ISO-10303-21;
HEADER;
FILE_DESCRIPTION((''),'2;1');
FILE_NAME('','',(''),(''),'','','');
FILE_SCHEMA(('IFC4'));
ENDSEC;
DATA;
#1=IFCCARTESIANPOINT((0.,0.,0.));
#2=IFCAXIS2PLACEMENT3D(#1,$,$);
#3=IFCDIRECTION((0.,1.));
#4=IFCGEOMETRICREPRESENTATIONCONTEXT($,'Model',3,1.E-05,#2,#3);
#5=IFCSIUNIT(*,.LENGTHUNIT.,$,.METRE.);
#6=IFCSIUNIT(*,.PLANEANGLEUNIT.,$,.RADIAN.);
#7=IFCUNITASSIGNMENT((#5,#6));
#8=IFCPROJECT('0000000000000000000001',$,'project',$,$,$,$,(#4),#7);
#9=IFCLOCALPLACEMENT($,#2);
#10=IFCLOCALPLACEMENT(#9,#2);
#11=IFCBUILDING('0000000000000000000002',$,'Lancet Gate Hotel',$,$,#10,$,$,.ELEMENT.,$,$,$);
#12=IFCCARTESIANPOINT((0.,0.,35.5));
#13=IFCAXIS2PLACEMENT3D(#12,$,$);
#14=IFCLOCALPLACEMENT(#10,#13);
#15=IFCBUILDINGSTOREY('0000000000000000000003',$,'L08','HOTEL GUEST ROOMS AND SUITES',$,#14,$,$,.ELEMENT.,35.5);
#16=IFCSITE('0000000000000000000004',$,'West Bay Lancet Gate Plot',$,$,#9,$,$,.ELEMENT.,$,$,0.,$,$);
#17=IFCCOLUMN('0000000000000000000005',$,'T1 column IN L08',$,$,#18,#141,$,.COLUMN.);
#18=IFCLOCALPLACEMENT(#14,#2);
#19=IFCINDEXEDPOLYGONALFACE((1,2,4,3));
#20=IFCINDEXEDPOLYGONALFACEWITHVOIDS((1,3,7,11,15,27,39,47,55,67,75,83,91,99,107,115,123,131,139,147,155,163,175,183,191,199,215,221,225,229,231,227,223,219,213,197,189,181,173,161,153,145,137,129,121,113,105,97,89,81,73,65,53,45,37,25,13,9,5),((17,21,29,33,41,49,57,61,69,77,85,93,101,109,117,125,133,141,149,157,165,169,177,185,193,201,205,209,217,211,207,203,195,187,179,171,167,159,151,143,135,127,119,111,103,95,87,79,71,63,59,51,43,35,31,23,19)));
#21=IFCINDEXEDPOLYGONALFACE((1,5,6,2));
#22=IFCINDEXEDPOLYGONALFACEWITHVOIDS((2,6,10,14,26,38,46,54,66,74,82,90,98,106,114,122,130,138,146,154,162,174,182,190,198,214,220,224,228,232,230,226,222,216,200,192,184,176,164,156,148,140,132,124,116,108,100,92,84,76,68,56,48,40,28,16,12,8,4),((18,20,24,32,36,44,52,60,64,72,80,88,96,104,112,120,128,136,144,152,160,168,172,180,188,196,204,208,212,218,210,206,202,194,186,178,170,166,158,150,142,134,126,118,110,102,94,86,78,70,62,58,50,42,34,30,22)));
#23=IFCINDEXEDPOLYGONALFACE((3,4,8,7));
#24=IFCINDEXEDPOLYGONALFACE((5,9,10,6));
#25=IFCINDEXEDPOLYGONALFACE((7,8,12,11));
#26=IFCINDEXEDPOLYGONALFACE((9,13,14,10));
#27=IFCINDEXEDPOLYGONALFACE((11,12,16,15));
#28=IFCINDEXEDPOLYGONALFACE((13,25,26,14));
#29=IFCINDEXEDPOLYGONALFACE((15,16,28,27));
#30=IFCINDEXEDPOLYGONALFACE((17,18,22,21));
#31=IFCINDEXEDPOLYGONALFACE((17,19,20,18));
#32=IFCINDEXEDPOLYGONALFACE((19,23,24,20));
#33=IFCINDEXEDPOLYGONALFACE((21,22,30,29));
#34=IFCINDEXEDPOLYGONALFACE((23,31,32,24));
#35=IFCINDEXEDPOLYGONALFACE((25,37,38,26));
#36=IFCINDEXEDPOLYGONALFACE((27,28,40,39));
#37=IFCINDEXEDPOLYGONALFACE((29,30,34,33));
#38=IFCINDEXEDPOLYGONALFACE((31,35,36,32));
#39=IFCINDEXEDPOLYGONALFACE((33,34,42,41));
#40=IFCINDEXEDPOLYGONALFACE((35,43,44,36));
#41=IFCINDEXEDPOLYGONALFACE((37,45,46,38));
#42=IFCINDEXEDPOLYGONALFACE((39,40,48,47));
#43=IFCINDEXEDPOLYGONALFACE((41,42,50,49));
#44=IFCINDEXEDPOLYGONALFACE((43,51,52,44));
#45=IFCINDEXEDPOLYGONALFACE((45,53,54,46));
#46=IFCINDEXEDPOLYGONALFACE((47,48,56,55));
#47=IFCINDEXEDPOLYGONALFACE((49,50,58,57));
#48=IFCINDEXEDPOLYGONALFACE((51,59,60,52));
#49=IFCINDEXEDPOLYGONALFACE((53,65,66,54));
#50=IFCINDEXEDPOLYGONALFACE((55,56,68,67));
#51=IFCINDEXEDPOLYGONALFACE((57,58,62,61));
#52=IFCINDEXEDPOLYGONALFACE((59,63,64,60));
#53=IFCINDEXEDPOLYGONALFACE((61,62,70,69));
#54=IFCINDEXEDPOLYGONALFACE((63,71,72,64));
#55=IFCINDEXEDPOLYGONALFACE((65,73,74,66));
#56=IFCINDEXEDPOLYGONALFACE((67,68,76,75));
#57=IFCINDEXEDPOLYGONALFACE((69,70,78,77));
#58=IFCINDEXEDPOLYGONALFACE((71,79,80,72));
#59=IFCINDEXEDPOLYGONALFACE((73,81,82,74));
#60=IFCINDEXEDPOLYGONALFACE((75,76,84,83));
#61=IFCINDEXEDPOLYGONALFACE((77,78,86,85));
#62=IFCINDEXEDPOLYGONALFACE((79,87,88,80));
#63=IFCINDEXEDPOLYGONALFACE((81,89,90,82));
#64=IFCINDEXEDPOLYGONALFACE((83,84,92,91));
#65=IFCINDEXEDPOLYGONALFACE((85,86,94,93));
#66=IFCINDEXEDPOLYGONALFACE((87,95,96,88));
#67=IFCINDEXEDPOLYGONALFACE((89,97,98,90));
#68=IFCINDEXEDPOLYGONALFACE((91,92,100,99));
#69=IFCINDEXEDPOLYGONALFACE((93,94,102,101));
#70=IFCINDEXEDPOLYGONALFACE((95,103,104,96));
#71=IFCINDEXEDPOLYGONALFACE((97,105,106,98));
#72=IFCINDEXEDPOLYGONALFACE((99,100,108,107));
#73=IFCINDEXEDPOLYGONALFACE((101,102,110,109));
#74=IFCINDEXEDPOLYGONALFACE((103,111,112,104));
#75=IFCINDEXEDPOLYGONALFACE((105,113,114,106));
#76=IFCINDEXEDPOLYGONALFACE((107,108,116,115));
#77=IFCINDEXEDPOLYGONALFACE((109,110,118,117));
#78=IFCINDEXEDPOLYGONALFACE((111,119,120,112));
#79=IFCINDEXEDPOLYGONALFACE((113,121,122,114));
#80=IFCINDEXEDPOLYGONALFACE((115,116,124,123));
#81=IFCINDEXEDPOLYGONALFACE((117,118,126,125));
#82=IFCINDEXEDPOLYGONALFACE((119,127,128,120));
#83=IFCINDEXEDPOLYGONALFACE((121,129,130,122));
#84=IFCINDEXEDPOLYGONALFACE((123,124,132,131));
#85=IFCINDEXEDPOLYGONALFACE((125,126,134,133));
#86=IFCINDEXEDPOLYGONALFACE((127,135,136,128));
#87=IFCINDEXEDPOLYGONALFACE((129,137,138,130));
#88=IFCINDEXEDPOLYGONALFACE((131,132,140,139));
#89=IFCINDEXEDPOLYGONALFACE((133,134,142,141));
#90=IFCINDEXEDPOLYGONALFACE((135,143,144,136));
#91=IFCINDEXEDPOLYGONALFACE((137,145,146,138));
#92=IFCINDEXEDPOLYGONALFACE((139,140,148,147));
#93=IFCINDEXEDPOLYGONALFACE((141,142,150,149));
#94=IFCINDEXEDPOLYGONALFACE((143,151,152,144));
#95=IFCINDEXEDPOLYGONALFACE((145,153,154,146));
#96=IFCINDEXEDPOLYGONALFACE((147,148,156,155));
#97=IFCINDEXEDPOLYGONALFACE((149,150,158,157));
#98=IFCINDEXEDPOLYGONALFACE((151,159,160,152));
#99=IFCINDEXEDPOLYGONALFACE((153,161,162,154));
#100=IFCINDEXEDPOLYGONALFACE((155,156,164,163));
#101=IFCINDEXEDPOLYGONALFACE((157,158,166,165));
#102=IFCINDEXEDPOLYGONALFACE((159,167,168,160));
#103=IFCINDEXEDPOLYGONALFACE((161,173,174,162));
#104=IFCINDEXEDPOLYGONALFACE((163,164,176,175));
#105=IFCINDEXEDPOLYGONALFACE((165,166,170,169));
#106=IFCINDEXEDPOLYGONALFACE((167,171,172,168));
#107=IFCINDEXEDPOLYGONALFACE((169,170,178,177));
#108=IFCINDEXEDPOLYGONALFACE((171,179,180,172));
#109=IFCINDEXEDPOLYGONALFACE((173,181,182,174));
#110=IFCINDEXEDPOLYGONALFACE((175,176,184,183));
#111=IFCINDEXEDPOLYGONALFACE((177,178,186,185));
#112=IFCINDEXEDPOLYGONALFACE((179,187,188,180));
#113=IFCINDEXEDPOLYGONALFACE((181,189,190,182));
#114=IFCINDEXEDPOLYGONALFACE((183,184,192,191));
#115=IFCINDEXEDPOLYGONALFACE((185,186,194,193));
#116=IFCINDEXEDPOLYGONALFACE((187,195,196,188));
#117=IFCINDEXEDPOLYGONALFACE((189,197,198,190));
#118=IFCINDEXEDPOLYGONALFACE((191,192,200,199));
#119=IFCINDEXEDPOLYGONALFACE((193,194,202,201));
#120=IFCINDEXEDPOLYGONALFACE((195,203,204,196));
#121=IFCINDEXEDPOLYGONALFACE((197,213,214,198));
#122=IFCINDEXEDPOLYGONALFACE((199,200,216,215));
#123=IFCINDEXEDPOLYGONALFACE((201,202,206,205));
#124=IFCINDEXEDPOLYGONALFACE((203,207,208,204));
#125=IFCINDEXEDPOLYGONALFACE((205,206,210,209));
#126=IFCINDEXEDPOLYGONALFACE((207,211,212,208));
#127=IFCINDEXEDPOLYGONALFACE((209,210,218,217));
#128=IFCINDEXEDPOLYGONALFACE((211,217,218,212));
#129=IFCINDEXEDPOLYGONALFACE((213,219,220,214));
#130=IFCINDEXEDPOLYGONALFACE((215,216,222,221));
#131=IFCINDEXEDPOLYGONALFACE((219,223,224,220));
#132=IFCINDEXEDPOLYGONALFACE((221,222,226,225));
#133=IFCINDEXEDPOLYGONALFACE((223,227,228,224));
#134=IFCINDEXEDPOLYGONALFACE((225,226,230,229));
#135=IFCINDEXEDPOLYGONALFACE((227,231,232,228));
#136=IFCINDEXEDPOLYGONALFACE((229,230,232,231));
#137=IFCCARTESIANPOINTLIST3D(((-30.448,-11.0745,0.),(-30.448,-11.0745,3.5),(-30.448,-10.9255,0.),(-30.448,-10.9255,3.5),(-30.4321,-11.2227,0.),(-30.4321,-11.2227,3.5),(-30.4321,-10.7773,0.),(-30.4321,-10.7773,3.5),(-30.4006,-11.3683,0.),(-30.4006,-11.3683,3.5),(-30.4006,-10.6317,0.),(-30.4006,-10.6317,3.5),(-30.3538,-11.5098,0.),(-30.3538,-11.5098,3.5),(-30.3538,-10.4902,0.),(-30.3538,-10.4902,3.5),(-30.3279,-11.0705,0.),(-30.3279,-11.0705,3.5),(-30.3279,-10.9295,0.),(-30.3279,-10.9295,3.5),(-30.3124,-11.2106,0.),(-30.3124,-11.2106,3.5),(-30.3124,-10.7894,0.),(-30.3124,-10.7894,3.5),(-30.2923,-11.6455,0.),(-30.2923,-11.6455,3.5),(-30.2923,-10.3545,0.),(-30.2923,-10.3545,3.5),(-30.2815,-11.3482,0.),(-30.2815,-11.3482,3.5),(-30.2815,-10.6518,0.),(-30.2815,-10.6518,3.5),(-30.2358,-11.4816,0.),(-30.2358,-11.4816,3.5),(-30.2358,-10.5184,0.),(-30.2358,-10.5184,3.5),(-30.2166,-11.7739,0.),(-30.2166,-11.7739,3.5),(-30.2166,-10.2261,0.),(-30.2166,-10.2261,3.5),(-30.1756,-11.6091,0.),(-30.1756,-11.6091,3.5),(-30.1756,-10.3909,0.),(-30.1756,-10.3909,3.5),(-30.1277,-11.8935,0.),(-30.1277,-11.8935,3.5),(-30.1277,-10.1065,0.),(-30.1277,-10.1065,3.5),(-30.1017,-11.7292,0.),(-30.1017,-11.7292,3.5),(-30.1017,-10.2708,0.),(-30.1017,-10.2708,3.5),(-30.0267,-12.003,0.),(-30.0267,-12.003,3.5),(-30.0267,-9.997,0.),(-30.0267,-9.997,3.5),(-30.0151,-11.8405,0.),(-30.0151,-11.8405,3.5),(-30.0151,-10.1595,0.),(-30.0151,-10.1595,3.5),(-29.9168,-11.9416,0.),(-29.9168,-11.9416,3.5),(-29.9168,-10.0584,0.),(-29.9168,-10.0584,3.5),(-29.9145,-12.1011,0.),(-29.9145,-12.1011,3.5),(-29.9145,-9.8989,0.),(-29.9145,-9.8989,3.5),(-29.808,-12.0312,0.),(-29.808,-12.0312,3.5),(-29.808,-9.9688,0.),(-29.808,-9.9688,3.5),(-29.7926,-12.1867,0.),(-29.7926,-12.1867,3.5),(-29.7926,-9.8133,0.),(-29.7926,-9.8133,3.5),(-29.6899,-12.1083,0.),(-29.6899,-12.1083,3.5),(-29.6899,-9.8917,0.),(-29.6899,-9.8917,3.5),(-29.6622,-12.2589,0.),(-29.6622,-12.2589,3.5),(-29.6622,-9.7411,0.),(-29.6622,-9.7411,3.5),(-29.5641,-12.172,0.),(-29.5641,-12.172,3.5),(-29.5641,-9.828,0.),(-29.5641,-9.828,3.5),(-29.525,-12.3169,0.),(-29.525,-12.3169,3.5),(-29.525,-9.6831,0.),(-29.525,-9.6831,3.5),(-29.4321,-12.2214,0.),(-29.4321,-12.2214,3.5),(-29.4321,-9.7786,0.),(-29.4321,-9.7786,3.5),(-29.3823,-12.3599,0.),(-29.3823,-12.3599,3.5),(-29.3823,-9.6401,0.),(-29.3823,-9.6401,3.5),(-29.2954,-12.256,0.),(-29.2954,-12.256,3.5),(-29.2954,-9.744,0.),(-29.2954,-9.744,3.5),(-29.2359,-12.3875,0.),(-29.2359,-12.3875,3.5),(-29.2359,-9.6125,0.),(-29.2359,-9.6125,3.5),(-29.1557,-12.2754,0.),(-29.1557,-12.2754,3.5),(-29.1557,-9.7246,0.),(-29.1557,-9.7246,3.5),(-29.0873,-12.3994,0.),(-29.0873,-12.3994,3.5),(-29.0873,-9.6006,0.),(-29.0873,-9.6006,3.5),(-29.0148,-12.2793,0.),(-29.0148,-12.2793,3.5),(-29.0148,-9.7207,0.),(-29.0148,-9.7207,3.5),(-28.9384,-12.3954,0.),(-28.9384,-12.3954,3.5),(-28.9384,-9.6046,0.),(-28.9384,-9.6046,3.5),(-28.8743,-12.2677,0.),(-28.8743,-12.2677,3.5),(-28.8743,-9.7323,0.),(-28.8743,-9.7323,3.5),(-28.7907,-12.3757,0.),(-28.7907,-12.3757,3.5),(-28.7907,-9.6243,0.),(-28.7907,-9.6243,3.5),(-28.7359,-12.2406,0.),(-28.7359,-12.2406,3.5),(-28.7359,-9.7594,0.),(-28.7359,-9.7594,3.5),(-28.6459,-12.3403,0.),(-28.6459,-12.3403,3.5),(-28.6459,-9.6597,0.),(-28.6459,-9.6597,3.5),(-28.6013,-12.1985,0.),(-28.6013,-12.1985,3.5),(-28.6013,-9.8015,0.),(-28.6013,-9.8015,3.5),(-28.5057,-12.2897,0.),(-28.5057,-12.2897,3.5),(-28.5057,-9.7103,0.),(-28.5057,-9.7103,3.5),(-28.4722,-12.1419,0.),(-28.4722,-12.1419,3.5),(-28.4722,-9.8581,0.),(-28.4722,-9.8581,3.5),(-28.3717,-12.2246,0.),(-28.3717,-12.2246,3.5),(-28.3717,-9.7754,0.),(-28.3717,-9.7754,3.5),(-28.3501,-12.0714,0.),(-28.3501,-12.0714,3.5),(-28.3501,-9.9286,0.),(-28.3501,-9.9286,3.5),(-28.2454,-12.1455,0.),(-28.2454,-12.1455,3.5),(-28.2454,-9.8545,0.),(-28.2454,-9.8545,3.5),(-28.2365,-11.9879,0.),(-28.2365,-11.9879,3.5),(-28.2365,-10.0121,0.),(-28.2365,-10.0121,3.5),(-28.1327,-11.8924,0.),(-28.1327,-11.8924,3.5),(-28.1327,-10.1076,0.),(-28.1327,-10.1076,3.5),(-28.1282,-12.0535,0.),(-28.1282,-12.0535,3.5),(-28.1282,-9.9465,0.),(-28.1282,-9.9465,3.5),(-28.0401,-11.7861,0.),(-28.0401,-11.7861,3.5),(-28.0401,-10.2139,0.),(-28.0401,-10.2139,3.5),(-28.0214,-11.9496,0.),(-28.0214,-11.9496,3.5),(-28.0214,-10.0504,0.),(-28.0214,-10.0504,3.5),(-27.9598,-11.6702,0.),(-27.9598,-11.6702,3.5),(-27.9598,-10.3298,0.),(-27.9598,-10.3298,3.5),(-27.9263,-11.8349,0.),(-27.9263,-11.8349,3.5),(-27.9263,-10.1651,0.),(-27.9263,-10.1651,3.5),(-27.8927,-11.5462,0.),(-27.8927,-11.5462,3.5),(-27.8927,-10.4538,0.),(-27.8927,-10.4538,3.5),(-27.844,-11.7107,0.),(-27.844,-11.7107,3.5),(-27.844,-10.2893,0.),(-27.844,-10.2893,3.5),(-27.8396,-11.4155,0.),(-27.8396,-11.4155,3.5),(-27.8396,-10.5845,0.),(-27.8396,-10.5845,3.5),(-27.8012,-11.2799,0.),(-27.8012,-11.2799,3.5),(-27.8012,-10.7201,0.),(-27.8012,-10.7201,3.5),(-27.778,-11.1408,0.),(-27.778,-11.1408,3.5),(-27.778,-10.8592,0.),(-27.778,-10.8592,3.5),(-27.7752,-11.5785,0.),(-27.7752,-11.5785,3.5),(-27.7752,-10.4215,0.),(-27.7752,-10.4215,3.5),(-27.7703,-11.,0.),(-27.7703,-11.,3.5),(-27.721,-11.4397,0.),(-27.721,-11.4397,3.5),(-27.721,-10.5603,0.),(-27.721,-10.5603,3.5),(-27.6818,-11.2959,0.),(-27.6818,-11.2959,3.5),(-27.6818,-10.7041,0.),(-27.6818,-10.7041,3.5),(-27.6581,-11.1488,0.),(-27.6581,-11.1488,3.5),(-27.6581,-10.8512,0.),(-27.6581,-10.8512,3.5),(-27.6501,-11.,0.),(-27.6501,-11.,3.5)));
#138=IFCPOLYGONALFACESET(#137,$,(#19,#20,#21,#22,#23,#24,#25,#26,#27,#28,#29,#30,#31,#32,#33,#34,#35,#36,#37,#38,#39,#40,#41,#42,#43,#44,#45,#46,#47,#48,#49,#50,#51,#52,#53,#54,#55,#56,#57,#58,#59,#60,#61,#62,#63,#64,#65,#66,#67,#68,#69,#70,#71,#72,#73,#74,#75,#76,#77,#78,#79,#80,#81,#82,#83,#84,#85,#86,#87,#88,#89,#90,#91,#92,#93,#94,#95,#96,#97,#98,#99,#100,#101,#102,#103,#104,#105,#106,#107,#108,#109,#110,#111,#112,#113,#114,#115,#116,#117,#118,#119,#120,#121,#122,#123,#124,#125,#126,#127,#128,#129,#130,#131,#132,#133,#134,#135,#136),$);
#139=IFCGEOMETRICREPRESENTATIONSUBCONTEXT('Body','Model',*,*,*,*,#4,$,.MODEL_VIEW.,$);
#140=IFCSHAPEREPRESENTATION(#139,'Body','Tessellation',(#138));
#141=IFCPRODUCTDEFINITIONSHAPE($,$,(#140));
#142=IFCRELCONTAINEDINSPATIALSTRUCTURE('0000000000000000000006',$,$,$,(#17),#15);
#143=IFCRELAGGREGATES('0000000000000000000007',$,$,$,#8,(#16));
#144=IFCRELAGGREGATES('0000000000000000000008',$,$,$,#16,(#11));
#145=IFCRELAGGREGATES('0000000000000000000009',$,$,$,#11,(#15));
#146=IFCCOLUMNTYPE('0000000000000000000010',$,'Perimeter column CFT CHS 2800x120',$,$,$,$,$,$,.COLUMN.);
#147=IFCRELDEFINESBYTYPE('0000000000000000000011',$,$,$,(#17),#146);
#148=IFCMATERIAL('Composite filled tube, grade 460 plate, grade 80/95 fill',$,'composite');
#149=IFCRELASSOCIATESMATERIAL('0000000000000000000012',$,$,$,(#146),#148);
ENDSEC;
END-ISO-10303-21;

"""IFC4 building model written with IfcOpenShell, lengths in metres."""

from ifc_helpers import new_model, si_unit, direction, frame, origin, origin_2d, place, context, subcontext, project, spatial, hollow_circle, extrude, material, material_profile, profile_set, type_object, element, save


model = new_model("IFC4")

# Units and contexts
model_context = context("Model", 3, precision=1e-05, world=origin(), true_north=direction((0.0, 1.0)))
body_context = subcontext(model_context, "Body", "Model", "MODEL_VIEW")
ifc_project = project(units=[si_unit("LENGTHUNIT", "METRE"), si_unit("PLANEANGLEUNIT", "RADIAN")], contexts=[model_context])

# Site, building, storey
site_placement = place(None, origin())
site = spatial("IfcSite", under=ifc_project, at=site_placement, Name="West Bay Lancet Gate Plot", CompositionType="ELEMENT", RefElevation=0.0)
building_placement = place(site_placement, origin())
building = spatial("IfcBuilding", under=site, at=building_placement, Name="Lancet Gate Hotel", CompositionType="ELEMENT")
storey_placement = place(building_placement, frame((0.0, 0.0, 35.5)))
storey = spatial("IfcBuildingStorey", under=building, at=storey_placement, Name="L08", Description="HOTEL GUEST ROOMS AND SUITES", CompositionType="ELEMENT", Elevation=35.5)

# Column
ifc_material_1 = material(Name="Composite filled tube, grade 460 plate, grade 80/95 fill", Category="composite")
ifc_material_profile_1 = material_profile(ifc_material_1, hollow_circle(Radius=1.3999, WallThickness=0.1201, at=origin_2d()), Name="CHS 2800x120")
ifc_profile_set_1 = profile_set([ifc_material_profile_1], Name="Composite filled tube, grade 460 plate, grade 80/95 fill")
column_type = type_object("IfcColumnType", Name="Perimeter column CFT CHS 2800x120", PredefinedType="COLUMN", material=ifc_profile_set_1)
for number, where, z_axis, x_axis, name in (
    (1, (-29.05, -11.0, 0.0), (0.0, 0.0, 1.0), (1.0, 0.0, 0.0), "T1 column IN L08"),
):
    element("IfcColumn", number, at=place(storey_placement, frame(where, z_axis=z_axis, x_axis=x_axis)), inside=storey, type_object=column_type, Name=name, PredefinedType="COLUMN", context=body_context, shape_type="SweptSolid", body=[
        extrude(hollow_circle(Radius=1.3999, WallThickness=0.1201, at=origin_2d()), origin(), (0.0, 0.0, 1.0), 3.5),
    ])

save(model, "model.ifc")
